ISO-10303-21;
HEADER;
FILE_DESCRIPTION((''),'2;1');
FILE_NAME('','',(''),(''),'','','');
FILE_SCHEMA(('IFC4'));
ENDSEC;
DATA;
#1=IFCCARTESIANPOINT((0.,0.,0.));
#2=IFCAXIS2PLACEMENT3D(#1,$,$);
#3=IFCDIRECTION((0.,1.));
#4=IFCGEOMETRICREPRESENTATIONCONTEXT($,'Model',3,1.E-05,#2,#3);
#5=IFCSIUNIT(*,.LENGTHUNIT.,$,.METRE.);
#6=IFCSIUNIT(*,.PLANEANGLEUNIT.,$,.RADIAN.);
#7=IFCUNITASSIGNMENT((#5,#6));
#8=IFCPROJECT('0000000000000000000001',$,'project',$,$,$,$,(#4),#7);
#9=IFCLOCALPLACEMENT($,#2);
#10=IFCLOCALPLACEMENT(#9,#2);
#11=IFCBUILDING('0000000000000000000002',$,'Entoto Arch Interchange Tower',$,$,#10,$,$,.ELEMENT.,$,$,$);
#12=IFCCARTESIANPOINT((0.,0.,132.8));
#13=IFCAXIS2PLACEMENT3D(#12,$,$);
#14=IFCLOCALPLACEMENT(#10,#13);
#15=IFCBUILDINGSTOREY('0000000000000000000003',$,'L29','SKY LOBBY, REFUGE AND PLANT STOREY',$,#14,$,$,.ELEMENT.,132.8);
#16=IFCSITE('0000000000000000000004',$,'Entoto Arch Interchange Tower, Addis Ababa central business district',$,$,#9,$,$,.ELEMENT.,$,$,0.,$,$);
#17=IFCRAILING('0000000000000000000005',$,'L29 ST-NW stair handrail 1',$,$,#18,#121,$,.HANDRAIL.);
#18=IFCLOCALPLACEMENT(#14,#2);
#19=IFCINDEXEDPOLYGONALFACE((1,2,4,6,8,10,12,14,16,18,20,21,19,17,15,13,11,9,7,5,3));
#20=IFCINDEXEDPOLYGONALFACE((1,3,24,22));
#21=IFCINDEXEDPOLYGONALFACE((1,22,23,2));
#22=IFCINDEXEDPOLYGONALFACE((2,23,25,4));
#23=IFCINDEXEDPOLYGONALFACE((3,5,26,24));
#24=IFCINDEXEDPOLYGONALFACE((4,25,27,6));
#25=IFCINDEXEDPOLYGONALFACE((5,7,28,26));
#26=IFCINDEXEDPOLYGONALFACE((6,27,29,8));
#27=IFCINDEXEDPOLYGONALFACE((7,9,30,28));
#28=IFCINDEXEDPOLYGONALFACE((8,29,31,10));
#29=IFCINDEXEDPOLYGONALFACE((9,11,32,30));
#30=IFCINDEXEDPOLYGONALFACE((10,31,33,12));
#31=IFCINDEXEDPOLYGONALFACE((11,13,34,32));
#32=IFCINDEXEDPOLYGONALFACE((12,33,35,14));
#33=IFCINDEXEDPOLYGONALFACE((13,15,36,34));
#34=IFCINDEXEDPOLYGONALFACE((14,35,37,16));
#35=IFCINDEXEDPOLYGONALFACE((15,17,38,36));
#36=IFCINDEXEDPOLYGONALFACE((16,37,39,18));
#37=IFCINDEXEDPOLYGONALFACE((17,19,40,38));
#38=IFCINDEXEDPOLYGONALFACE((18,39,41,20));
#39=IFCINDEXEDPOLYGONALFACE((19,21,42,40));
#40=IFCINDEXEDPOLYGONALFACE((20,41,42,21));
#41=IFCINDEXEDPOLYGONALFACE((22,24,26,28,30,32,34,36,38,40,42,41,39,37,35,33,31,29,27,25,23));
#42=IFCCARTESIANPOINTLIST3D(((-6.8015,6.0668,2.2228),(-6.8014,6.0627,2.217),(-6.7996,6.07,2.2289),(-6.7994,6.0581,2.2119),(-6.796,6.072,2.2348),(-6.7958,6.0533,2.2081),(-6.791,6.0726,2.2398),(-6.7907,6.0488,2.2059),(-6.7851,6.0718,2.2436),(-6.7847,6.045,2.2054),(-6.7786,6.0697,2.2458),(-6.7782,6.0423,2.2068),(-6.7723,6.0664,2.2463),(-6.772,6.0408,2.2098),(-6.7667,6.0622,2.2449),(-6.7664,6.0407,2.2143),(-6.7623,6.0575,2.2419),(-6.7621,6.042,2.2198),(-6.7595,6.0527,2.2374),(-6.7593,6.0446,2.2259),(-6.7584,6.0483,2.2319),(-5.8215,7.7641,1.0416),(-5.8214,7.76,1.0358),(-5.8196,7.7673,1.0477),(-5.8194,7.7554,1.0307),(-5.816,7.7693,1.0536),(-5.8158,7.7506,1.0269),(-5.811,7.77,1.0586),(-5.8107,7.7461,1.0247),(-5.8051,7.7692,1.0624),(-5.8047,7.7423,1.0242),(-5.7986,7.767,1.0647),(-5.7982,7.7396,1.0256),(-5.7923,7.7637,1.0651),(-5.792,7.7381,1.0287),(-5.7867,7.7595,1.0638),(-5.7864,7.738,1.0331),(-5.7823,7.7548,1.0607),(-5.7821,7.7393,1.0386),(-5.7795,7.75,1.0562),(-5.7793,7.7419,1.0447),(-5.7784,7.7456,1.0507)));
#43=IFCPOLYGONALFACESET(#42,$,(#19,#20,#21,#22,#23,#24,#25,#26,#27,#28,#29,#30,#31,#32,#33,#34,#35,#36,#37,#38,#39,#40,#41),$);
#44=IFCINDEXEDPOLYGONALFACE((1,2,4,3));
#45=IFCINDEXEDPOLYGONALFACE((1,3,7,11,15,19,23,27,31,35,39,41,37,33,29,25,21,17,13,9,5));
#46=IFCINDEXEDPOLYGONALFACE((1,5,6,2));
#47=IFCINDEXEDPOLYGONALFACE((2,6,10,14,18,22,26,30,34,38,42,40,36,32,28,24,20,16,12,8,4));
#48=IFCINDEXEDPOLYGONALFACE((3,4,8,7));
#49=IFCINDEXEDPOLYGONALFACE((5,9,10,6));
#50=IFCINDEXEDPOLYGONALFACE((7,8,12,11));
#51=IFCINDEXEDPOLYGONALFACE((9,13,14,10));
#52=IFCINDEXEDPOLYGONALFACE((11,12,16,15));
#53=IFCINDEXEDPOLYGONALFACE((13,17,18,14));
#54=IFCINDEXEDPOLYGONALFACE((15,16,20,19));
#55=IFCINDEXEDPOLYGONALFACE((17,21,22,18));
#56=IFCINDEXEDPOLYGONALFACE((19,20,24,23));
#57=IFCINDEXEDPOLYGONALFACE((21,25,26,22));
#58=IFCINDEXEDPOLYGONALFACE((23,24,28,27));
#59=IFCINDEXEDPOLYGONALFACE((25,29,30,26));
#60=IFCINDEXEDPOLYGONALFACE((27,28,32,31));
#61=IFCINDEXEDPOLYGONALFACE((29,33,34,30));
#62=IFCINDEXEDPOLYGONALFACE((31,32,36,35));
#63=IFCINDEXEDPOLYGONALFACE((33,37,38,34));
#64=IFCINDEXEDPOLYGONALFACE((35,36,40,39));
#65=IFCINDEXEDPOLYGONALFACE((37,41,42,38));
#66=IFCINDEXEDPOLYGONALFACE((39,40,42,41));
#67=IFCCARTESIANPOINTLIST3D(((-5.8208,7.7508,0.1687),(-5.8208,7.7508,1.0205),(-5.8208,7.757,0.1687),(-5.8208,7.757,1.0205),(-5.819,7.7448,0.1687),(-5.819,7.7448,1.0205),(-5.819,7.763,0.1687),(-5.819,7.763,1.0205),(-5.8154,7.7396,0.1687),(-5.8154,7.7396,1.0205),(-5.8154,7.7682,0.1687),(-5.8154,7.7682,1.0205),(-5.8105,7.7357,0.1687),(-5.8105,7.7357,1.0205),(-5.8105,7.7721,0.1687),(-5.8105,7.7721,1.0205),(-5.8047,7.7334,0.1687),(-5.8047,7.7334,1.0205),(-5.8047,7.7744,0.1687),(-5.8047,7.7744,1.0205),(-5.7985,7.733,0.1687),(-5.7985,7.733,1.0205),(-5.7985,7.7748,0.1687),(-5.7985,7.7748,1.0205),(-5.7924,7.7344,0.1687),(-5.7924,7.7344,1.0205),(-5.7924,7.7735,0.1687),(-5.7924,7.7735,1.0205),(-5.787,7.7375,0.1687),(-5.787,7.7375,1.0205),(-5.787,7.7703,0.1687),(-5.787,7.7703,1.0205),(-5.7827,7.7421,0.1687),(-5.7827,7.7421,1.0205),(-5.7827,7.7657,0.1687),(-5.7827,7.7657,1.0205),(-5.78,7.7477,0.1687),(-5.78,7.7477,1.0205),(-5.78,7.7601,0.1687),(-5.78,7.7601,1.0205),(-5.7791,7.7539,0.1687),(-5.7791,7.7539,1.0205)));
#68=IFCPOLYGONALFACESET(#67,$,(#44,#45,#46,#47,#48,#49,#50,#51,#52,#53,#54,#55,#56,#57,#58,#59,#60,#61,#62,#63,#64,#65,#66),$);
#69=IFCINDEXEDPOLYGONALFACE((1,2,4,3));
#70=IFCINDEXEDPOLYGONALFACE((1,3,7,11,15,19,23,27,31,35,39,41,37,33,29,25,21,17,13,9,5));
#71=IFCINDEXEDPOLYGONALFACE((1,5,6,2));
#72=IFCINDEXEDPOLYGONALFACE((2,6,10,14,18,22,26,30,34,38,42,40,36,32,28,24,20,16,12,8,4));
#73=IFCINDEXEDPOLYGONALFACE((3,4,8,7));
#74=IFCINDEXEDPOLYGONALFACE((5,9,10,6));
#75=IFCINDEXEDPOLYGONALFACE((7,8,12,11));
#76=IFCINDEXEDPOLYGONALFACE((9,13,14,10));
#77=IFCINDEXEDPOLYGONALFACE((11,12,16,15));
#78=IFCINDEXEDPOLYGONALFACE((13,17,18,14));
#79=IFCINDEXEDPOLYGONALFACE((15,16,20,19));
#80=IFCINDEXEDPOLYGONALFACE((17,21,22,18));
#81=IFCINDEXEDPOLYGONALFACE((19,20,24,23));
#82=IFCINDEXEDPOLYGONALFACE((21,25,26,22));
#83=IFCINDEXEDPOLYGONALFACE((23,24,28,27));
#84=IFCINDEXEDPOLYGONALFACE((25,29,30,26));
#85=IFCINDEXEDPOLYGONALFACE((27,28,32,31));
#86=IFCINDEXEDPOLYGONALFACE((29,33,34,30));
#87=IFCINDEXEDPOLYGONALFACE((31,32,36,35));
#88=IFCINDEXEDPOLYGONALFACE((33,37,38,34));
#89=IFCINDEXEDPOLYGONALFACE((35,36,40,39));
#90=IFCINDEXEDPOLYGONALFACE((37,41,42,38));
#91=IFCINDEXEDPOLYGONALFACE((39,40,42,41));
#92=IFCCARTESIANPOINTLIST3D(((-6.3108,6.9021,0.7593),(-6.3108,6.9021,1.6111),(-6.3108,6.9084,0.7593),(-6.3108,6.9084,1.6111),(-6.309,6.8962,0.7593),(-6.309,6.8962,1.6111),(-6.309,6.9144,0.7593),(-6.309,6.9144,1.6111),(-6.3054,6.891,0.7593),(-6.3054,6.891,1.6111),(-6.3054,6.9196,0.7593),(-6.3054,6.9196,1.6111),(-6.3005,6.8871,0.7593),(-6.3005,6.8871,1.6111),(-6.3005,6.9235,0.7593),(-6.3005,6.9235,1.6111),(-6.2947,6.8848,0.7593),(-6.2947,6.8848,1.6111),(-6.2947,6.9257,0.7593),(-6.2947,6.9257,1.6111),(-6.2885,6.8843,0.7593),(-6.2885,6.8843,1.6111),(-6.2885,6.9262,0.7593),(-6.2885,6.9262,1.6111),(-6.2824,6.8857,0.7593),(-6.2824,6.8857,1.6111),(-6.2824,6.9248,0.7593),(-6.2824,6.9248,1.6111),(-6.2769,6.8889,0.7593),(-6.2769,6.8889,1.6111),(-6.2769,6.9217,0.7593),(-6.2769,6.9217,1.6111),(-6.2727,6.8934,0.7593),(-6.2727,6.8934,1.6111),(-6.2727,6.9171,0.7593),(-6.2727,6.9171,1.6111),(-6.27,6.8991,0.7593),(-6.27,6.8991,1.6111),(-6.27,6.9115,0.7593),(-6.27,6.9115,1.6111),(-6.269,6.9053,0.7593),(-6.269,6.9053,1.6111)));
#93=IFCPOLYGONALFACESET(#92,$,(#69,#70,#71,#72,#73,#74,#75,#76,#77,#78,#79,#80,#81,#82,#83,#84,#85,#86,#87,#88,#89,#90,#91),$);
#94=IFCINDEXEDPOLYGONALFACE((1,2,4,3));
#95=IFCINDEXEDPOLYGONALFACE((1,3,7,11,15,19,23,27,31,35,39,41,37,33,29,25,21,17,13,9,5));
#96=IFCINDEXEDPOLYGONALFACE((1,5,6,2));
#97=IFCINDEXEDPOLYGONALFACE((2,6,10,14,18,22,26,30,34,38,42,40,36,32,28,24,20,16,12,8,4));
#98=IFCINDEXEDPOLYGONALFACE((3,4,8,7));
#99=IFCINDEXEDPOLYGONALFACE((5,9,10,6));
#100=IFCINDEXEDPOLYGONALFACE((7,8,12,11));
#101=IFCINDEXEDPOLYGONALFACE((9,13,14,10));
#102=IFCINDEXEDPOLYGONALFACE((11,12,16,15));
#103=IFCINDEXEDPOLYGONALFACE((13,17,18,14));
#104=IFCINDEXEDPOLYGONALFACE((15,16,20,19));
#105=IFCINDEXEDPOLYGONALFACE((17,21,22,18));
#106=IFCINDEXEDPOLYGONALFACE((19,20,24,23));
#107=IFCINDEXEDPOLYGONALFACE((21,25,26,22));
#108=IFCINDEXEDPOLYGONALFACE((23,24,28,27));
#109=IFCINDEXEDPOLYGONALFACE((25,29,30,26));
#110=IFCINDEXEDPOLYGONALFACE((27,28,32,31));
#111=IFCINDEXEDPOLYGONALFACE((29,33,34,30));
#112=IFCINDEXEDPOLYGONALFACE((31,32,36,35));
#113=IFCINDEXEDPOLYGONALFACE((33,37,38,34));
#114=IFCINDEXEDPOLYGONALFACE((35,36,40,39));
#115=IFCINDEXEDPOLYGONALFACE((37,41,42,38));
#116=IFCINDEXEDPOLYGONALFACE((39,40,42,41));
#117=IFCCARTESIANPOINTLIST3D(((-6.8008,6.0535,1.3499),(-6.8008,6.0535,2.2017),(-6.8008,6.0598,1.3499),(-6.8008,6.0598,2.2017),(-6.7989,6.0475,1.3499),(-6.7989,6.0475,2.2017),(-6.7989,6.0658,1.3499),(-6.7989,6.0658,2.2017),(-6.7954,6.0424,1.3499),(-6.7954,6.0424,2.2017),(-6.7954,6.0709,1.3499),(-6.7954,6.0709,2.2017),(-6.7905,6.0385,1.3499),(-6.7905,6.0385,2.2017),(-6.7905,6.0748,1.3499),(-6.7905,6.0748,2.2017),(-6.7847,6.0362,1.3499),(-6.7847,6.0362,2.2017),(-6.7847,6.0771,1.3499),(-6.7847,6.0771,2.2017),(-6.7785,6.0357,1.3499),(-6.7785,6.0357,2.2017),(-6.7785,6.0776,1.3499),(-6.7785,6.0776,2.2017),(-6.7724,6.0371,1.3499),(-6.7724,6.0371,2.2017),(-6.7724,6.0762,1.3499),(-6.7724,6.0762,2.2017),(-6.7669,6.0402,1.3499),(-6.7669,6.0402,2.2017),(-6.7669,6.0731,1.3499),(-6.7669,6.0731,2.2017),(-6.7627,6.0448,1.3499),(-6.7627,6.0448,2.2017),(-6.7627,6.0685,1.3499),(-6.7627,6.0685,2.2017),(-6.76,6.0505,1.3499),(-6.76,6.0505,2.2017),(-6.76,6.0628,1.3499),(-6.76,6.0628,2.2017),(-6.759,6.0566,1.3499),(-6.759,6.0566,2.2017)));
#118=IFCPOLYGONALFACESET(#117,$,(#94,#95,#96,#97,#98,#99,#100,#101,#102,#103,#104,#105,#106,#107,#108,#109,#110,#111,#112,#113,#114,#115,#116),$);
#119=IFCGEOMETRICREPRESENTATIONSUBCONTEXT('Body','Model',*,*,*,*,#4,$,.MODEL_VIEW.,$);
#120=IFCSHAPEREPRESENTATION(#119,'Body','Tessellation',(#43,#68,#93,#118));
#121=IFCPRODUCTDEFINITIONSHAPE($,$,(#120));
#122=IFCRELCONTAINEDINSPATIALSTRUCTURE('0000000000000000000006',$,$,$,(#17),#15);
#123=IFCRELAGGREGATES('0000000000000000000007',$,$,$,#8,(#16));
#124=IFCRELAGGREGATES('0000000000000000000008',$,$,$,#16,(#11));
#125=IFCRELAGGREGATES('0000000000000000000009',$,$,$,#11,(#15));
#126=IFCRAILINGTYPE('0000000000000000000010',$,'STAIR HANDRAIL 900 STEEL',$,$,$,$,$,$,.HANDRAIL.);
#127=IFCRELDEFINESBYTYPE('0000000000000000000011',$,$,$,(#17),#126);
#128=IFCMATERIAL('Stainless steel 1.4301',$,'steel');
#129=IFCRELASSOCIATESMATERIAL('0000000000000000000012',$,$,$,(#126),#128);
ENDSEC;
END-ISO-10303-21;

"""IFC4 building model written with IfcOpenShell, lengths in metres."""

from ifc_helpers import new_model, si_unit, direction, frame, origin, origin_2d, place, context, subcontext, project, spatial, circle, extrude, material, type_object, element, save


model = new_model("IFC4")

# Units and contexts
model_context = context("Model", 3, precision=1e-05, world=origin(), true_north=direction((0.0, 1.0)))
body_context = subcontext(model_context, "Body", "Model", "MODEL_VIEW")
ifc_project = project(units=[si_unit("LENGTHUNIT", "METRE"), si_unit("PLANEANGLEUNIT", "RADIAN")], contexts=[model_context])

# Site, building, storey
site_placement = place(None, origin())
site = spatial("IfcSite", under=ifc_project, at=site_placement, Name="Entoto Arch Interchange Tower, Addis Ababa central business district", CompositionType="ELEMENT", RefElevation=0.0)
building_placement = place(site_placement, origin())
building = spatial("IfcBuilding", under=site, at=building_placement, Name="Entoto Arch Interchange Tower", CompositionType="ELEMENT")
storey_placement = place(building_placement, frame((0.0, 0.0, 132.8)))
storey = spatial("IfcBuildingStorey", under=building, at=storey_placement, Name="L29", Description="SKY LOBBY, REFUGE AND PLANT STOREY", CompositionType="ELEMENT", Elevation=132.8)

# Railing
ifc_material_1 = material(Name="Stainless steel 1.4301", Category="steel")
railing_type_1 = type_object("IfcRailingType", Name="STAIR HANDRAIL 900 STEEL", PredefinedType="HANDRAIL", material=ifc_material_1)
railing_1_placement = place(storey_placement, frame((-5.8, 7.7539, 0.1687)))
element("IfcRailing", 1, at=railing_1_placement, inside=storey, type_object=railing_type_1, Name="L29 ST-NW stair handrail 1", PredefinedType="HANDRAIL", context=body_context, shape_type="SweptSolid", body=[
    extrude(circle(Radius=0.0239, at=origin_2d()), frame((0.0, 0.0, 0.876), z_axis=(-0.428262, -0.741723, 0.516176), x_axis=(0.866011, -0.500024, 0.0)), (0.0, 0.0, 1.0), 2.2883),
    extrude(circle(Radius=0.021, at=origin_2d()), origin(), (0.0, 0.0, 1.0), 0.8518),
    extrude(circle(Radius=0.021, at=origin_2d()), frame((-0.49, -0.8486, 0.5906)), (0.0, 0.0, 1.0), 0.8518),
    extrude(circle(Radius=0.021, at=origin_2d()), frame((-0.98, -1.6973, 1.1812)), (0.0, 0.0, 1.0), 0.8518),
])

save(model, "model.ifc")
